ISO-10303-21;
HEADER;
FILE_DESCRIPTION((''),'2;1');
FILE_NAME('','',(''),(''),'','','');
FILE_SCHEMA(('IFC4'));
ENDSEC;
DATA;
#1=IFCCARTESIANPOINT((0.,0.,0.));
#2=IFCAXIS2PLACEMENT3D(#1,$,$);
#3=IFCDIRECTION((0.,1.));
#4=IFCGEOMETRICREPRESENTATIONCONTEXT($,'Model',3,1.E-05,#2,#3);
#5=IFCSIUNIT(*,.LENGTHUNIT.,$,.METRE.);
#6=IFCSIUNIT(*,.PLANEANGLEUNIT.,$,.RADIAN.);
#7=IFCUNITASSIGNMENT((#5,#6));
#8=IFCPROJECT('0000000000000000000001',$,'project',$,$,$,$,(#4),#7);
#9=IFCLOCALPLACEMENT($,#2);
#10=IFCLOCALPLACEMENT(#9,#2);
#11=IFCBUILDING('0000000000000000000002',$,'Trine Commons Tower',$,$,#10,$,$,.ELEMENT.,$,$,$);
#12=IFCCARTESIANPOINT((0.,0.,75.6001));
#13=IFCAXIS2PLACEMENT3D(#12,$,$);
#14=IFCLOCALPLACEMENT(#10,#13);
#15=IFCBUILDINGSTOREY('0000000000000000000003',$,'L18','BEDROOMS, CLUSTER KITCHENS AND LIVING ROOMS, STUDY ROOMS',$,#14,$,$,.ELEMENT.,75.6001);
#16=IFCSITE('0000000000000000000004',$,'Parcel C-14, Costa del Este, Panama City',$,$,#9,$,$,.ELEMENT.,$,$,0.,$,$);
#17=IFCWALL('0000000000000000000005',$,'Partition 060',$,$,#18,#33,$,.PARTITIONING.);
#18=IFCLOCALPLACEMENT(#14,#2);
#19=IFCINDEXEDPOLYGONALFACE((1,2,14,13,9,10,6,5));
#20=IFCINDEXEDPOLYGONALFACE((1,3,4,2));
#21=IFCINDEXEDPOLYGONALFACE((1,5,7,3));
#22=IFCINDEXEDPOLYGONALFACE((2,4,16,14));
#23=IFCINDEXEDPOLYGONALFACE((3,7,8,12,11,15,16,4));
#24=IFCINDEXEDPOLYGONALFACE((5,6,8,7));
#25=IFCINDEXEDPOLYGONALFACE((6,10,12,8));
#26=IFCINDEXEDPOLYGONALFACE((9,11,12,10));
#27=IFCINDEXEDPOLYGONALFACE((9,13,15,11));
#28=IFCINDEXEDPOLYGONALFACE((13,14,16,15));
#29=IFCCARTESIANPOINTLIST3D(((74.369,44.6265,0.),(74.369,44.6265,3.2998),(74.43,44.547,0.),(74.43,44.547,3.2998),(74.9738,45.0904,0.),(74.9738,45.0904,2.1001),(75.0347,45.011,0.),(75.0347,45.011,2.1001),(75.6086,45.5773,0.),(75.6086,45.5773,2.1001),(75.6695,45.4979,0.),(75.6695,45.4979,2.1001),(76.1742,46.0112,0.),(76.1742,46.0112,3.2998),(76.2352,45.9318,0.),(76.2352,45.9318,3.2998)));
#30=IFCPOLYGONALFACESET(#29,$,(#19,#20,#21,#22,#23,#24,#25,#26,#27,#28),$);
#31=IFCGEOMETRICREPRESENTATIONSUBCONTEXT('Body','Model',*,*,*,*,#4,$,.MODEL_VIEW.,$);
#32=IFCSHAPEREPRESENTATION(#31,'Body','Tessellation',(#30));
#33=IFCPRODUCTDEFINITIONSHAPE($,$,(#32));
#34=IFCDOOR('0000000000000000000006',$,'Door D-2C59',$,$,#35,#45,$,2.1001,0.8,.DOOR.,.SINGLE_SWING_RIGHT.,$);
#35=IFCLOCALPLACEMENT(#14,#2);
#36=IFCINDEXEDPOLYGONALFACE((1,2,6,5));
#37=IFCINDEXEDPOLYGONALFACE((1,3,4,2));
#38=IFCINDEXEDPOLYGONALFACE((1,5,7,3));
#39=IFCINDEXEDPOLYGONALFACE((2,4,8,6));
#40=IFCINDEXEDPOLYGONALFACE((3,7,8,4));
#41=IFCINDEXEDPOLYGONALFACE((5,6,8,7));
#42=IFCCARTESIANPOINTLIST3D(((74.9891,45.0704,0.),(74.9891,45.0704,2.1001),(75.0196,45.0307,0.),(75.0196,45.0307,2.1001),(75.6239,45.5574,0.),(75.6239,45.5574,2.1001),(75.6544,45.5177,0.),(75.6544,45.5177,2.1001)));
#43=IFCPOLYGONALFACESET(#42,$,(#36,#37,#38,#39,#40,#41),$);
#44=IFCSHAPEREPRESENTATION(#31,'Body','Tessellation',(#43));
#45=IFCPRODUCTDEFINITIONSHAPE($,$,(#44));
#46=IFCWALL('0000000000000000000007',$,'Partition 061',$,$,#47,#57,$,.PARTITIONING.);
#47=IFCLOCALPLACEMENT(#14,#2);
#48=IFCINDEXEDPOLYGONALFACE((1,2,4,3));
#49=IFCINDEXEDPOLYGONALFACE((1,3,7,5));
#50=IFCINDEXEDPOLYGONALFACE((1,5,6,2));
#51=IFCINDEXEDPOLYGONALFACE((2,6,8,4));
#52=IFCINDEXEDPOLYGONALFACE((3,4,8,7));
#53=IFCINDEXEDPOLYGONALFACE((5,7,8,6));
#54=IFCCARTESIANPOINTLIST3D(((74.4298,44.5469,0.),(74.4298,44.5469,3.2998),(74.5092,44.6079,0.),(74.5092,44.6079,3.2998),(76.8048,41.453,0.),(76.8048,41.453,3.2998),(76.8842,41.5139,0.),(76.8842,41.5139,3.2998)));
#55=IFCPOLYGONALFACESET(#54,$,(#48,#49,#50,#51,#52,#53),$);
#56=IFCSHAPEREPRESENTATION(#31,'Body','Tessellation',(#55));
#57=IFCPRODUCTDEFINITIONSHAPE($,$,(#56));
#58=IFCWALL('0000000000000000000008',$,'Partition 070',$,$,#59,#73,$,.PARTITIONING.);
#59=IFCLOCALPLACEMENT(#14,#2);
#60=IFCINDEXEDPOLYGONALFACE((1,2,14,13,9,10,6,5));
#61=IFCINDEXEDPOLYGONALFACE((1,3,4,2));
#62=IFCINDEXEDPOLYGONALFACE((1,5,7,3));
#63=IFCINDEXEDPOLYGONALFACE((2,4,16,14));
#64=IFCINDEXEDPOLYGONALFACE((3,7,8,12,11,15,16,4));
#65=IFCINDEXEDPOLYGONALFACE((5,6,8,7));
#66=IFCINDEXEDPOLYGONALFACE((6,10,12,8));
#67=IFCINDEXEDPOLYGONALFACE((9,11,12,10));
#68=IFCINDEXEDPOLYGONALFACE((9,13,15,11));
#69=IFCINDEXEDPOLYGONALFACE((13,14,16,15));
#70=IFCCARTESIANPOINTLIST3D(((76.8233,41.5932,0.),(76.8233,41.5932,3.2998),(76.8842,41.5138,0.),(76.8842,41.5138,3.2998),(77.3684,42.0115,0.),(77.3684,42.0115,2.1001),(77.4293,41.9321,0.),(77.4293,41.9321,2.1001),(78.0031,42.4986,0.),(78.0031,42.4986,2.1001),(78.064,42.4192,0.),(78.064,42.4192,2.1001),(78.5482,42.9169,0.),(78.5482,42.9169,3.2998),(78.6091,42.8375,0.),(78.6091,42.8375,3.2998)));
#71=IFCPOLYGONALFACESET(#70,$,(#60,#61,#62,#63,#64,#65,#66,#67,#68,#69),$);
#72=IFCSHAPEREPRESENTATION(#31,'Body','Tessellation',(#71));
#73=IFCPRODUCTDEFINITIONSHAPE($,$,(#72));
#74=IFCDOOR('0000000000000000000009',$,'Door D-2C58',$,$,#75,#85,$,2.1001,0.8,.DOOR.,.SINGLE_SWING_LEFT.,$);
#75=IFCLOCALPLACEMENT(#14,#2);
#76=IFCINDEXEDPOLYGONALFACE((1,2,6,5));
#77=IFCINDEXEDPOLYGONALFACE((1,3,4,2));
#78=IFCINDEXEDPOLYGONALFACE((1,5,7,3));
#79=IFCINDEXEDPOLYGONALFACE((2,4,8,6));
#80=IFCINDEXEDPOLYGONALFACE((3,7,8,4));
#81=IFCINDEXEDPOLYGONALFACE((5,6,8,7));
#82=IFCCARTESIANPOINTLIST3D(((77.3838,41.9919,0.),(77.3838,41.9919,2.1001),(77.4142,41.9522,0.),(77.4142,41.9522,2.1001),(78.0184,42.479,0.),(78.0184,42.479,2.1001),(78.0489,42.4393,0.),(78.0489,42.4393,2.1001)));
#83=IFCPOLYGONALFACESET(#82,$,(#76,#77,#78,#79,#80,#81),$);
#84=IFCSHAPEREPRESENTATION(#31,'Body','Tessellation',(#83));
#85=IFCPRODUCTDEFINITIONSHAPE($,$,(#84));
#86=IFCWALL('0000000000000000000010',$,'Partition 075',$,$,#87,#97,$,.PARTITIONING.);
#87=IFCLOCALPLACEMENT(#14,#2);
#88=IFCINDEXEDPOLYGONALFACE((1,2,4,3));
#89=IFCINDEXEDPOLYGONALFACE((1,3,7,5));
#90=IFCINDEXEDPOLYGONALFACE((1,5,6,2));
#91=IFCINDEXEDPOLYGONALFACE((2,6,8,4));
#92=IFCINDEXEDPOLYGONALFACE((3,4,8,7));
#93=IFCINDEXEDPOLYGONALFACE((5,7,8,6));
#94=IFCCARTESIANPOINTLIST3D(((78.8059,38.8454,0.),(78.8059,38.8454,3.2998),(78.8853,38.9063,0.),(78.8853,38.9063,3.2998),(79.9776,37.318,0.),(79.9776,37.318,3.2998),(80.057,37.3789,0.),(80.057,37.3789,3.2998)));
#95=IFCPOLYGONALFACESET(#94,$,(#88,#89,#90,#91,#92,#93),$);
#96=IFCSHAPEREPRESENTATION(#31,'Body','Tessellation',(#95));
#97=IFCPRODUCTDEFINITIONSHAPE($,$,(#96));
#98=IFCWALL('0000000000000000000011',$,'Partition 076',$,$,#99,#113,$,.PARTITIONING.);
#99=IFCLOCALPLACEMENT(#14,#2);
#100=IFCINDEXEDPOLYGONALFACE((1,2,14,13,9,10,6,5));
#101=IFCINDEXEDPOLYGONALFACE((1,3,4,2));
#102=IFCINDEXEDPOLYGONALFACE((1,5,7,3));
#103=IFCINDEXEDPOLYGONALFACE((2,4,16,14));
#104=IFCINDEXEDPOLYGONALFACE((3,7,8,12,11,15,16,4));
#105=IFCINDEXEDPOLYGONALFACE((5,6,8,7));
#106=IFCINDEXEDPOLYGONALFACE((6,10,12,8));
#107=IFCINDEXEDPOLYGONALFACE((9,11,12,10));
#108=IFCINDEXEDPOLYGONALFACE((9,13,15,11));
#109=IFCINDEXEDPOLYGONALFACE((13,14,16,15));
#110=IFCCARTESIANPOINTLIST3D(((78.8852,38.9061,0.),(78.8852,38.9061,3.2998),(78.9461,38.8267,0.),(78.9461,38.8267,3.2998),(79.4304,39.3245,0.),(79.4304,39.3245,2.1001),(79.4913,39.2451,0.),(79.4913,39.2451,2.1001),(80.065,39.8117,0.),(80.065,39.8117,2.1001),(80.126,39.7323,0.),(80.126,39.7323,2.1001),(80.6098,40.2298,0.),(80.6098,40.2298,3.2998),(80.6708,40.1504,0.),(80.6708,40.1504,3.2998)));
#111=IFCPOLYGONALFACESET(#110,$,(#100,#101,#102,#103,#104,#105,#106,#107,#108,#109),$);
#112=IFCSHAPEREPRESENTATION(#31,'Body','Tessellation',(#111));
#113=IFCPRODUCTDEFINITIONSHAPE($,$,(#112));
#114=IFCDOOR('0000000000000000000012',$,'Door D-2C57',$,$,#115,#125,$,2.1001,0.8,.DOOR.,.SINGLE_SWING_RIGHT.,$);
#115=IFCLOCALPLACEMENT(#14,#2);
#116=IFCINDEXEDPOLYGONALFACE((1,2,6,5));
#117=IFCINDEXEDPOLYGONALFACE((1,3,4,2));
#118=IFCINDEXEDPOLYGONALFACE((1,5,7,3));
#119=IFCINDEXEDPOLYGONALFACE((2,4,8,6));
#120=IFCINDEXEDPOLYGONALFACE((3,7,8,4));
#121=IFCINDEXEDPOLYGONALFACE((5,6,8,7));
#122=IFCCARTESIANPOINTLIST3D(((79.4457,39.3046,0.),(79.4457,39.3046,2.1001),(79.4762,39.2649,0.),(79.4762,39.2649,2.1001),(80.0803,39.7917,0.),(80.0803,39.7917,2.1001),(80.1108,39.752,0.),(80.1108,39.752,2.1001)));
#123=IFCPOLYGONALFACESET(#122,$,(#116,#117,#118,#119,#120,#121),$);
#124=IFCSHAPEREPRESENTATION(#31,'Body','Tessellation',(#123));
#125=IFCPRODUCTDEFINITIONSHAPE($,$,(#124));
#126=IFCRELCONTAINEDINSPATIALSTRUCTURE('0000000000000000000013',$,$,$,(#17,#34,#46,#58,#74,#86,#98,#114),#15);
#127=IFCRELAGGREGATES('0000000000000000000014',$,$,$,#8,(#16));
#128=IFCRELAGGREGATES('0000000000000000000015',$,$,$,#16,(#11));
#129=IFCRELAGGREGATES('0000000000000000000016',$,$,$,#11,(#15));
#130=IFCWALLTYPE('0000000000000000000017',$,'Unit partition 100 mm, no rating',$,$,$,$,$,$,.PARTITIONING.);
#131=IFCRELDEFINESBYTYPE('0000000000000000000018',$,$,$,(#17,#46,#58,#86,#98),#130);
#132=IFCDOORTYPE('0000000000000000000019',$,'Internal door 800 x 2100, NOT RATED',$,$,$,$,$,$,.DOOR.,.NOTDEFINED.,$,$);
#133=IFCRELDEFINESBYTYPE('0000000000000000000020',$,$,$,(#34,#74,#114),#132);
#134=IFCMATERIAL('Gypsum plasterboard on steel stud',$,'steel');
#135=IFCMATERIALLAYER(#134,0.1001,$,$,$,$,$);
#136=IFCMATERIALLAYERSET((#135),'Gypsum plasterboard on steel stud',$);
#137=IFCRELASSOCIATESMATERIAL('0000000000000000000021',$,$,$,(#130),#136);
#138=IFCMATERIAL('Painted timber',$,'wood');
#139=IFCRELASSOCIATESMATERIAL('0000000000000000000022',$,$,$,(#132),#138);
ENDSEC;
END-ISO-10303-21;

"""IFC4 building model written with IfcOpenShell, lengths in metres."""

from ifc_helpers import new_model, si_unit, direction, frame, frame_2d, origin, place, context, subcontext, project, spatial, rectangle, extrude, material, layer, layer_set, type_object, element, fill, save


model = new_model("IFC4")

# Units and contexts
model_context = context("Model", 3, precision=1e-05, world=origin(), true_north=direction((0.0, 1.0)))
body_context = subcontext(model_context, "Body", "Model", "MODEL_VIEW")
ifc_project = project(units=[si_unit("LENGTHUNIT", "METRE"), si_unit("PLANEANGLEUNIT", "RADIAN")], contexts=[model_context])

# Site, building, storey
site_placement = place(None, origin())
site = spatial("IfcSite", under=ifc_project, at=site_placement, Name="Parcel C-14, Costa del Este, Panama City", CompositionType="ELEMENT", RefElevation=0.0)
building_placement = place(site_placement, origin())
building = spatial("IfcBuilding", under=site, at=building_placement, Name="Trine Commons Tower", CompositionType="ELEMENT")
storey_placement = place(building_placement, frame((0.0, 0.0, 75.6001)))
storey = spatial("IfcBuildingStorey", under=building, at=storey_placement, Name="L18", Description="BEDROOMS, CLUSTER KITCHENS AND LIVING ROOMS, STUDY ROOMS", CompositionType="ELEMENT", Elevation=75.6001)

# Shared definitions
ifc_material_1 = material(Name="Gypsum plasterboard on steel stud", Category="steel")

# Shared definitions
ifc_material_2 = material(Name="Painted timber", Category="wood")

# Shared definitions
ifc_layer_1 = layer(ifc_material_1, 0.1001)
ifc_layer_set_1 = layer_set([ifc_layer_1], Name="Gypsum plasterboard on steel stud")
wall_type_1 = type_object("IfcWallType", Name="Unit partition 100 mm, no rating", PredefinedType="PARTITIONING", material=ifc_layer_set_1)

# Wall, opening, door
door_type_1 = type_object("IfcDoorType", Name="Internal door 800 x 2100, NOT RATED", OperationType="NOTDEFINED", PredefinedType="DOOR", material=ifc_material_2)
wall_1_placement = place(storey_placement, frame((74.3994, 44.5867, 0.0), z_axis=(0.0, 0.0, 1.0), x_axis=(0.793437, 0.608652, 0.0)))
wall_1 = element("IfcWall", 1, at=wall_1_placement, inside=storey, type_object=wall_type_1, Name="Partition 060", PredefinedType="PARTITIONING", context=body_context, shape_type="SweptSolid", body=[
    extrude(rectangle(XDim=2.2751, YDim=0.1001, at=frame_2d((1.1377, 0.0))), origin(), (0.0, 0.0, 1.0), 3.2998),
])
opening_1_placement = place(wall_1_placement, frame((0.7625, 0.0, 0.0)))
opening_1 = element("IfcOpeningElement", 2, at=opening_1_placement, cuts=wall_1, PredefinedType="OPENING", context=body_context, shape_type="SweptSolid", body=[
    extrude(rectangle(XDim=0.8, YDim=2.1001, at=frame_2d((0.3999, 1.05))), frame((0.0, 0.0601, 0.0), z_axis=(0.0, -1.0, 0.0), x_axis=(1.0, 0.0, 0.0)), (0.0, 0.0, 1.0), 0.1201),
])
door_1_placement = place(opening_1_placement, origin())
door_1 = element("IfcDoor", 3, at=door_1_placement, inside=storey, type_object=door_type_1, Name="Door D-2C59", OperationType="SINGLE_SWING_RIGHT", OverallHeight=2.1001, OverallWidth=0.8, PredefinedType="DOOR", context=body_context, shape_type="SweptSolid", body=[
    extrude(rectangle(XDim=0.8, YDim=2.1001, at=frame_2d((0.3999, 1.05))), frame((0.0, 0.0249, 0.0), z_axis=(0.0, -1.0, 0.0), x_axis=(1.0, 0.0, 0.0)), (0.0, 0.0, 1.0), 0.05),
])
fill(opening_1, door_1)

# Wall
wall_2_placement = place(storey_placement, frame((74.4695, 44.5774, 0.0), z_axis=(0.0, 0.0, 1.0), x_axis=(0.608906, -0.793243, 0.0)))
element("IfcWall", 4, at=wall_2_placement, inside=storey, type_object=wall_type_1, Name="Partition 061", PredefinedType="PARTITIONING", context=body_context, shape_type="SweptSolid", body=[
    extrude(rectangle(XDim=3.9004, YDim=0.1001, at=frame_2d((1.9502, 0.0))), origin(), (0.0, 0.0, 1.0), 3.2998),
])

# Wall, opening, door
wall_3_placement = place(storey_placement, frame((76.8538, 41.5535, 0.0), z_axis=(0.0, 0.0, 1.0), x_axis=(0.793308, 0.60882, 0.0)))
wall_3 = element("IfcWall", 5, at=wall_3_placement, inside=storey, type_object=wall_type_1, Name="Partition 070", PredefinedType="PARTITIONING", context=body_context, shape_type="SweptSolid", body=[
    extrude(rectangle(XDim=2.1743, YDim=0.1001, at=frame_2d((1.0872, 0.0))), origin(), (0.0, 0.0, 1.0), 3.2998),
])
opening_2_placement = place(wall_3_placement, frame((0.6873, 0.0, 0.0)))
opening_2 = element("IfcOpeningElement", 6, at=opening_2_placement, cuts=wall_3, PredefinedType="OPENING", context=body_context, shape_type="SweptSolid", body=[
    extrude(rectangle(XDim=0.8, YDim=2.1001, at=frame_2d((0.3999, 1.05))), frame((0.0, 0.0601, 0.0), z_axis=(0.0, -1.0, 0.0), x_axis=(1.0, 0.0, 0.0)), (0.0, 0.0, 1.0), 0.1201),
])
door_2_placement = place(opening_2_placement, frame((0.8, 0.0, 0.0), z_axis=(0.0, 0.0, 1.0), x_axis=(-1.0, 0.0, 0.0)))
door_2 = element("IfcDoor", 7, at=door_2_placement, inside=storey, type_object=door_type_1, Name="Door D-2C58", OperationType="SINGLE_SWING_LEFT", OverallHeight=2.1001, OverallWidth=0.8, PredefinedType="DOOR", context=body_context, shape_type="SweptSolid", body=[
    extrude(rectangle(XDim=0.8, YDim=2.1001, at=frame_2d((0.3999, 1.05))), frame((0.0, 0.0249, 0.0), z_axis=(0.0, -1.0, 0.0), x_axis=(1.0, 0.0, 0.0)), (0.0, 0.0, 1.0), 0.05),
])
fill(opening_2, door_2)

# Wall
wall_4_placement = place(storey_placement, frame((78.8457, 38.8757, 0.0), z_axis=(0.0, 0.0, 1.0), x_axis=(0.60865, -0.793439, 0.0)))
element("IfcWall", 8, at=wall_4_placement, inside=storey, type_object=wall_type_1, Name="Partition 075", PredefinedType="PARTITIONING", context=body_context, shape_type="SweptSolid", body=[
    extrude(rectangle(XDim=1.925, YDim=0.1001, at=frame_2d((0.9624, 0.0))), origin(), (0.0, 0.0, 1.0), 3.2998),
])

# Wall, opening, door
wall_5_placement = place(storey_placement, frame((78.9158, 38.8665, 0.0), z_axis=(0.0, 0.0, 1.0), x_axis=(0.793266, 0.608875, 0.0)))
wall_5 = element("IfcWall", 9, at=wall_5_placement, inside=storey, type_object=wall_type_1, Name="Partition 076", PredefinedType="PARTITIONING", context=body_context, shape_type="SweptSolid", body=[
    extrude(rectangle(XDim=2.1741, YDim=0.1001, at=frame_2d((1.0869, 0.0))), origin(), (0.0, 0.0, 1.0), 3.2998),
])
opening_3_placement = place(wall_5_placement, frame((0.6873, 0.0, 0.0)))
opening_3 = element("IfcOpeningElement", 10, at=opening_3_placement, cuts=wall_5, PredefinedType="OPENING", context=body_context, shape_type="SweptSolid", body=[
    extrude(rectangle(XDim=0.8, YDim=2.1001, at=frame_2d((0.3999, 1.05))), frame((0.0, 0.0601, 0.0), z_axis=(0.0, -1.0, 0.0), x_axis=(1.0, 0.0, 0.0)), (0.0, 0.0, 1.0), 0.1201),
])
door_3_placement = place(opening_3_placement, origin())
door_3 = element("IfcDoor", 11, at=door_3_placement, inside=storey, type_object=door_type_1, Name="Door D-2C57", OperationType="SINGLE_SWING_RIGHT", OverallHeight=2.1001, OverallWidth=0.8, PredefinedType="DOOR", context=body_context, shape_type="SweptSolid", body=[
    extrude(rectangle(XDim=0.8, YDim=2.1001, at=frame_2d((0.3999, 1.05))), frame((0.0, 0.0249, 0.0), z_axis=(0.0, -1.0, 0.0), x_axis=(1.0, 0.0, 0.0)), (0.0, 0.0, 1.0), 0.05),
])
fill(opening_3, door_3)

save(model, "model.ifc")
